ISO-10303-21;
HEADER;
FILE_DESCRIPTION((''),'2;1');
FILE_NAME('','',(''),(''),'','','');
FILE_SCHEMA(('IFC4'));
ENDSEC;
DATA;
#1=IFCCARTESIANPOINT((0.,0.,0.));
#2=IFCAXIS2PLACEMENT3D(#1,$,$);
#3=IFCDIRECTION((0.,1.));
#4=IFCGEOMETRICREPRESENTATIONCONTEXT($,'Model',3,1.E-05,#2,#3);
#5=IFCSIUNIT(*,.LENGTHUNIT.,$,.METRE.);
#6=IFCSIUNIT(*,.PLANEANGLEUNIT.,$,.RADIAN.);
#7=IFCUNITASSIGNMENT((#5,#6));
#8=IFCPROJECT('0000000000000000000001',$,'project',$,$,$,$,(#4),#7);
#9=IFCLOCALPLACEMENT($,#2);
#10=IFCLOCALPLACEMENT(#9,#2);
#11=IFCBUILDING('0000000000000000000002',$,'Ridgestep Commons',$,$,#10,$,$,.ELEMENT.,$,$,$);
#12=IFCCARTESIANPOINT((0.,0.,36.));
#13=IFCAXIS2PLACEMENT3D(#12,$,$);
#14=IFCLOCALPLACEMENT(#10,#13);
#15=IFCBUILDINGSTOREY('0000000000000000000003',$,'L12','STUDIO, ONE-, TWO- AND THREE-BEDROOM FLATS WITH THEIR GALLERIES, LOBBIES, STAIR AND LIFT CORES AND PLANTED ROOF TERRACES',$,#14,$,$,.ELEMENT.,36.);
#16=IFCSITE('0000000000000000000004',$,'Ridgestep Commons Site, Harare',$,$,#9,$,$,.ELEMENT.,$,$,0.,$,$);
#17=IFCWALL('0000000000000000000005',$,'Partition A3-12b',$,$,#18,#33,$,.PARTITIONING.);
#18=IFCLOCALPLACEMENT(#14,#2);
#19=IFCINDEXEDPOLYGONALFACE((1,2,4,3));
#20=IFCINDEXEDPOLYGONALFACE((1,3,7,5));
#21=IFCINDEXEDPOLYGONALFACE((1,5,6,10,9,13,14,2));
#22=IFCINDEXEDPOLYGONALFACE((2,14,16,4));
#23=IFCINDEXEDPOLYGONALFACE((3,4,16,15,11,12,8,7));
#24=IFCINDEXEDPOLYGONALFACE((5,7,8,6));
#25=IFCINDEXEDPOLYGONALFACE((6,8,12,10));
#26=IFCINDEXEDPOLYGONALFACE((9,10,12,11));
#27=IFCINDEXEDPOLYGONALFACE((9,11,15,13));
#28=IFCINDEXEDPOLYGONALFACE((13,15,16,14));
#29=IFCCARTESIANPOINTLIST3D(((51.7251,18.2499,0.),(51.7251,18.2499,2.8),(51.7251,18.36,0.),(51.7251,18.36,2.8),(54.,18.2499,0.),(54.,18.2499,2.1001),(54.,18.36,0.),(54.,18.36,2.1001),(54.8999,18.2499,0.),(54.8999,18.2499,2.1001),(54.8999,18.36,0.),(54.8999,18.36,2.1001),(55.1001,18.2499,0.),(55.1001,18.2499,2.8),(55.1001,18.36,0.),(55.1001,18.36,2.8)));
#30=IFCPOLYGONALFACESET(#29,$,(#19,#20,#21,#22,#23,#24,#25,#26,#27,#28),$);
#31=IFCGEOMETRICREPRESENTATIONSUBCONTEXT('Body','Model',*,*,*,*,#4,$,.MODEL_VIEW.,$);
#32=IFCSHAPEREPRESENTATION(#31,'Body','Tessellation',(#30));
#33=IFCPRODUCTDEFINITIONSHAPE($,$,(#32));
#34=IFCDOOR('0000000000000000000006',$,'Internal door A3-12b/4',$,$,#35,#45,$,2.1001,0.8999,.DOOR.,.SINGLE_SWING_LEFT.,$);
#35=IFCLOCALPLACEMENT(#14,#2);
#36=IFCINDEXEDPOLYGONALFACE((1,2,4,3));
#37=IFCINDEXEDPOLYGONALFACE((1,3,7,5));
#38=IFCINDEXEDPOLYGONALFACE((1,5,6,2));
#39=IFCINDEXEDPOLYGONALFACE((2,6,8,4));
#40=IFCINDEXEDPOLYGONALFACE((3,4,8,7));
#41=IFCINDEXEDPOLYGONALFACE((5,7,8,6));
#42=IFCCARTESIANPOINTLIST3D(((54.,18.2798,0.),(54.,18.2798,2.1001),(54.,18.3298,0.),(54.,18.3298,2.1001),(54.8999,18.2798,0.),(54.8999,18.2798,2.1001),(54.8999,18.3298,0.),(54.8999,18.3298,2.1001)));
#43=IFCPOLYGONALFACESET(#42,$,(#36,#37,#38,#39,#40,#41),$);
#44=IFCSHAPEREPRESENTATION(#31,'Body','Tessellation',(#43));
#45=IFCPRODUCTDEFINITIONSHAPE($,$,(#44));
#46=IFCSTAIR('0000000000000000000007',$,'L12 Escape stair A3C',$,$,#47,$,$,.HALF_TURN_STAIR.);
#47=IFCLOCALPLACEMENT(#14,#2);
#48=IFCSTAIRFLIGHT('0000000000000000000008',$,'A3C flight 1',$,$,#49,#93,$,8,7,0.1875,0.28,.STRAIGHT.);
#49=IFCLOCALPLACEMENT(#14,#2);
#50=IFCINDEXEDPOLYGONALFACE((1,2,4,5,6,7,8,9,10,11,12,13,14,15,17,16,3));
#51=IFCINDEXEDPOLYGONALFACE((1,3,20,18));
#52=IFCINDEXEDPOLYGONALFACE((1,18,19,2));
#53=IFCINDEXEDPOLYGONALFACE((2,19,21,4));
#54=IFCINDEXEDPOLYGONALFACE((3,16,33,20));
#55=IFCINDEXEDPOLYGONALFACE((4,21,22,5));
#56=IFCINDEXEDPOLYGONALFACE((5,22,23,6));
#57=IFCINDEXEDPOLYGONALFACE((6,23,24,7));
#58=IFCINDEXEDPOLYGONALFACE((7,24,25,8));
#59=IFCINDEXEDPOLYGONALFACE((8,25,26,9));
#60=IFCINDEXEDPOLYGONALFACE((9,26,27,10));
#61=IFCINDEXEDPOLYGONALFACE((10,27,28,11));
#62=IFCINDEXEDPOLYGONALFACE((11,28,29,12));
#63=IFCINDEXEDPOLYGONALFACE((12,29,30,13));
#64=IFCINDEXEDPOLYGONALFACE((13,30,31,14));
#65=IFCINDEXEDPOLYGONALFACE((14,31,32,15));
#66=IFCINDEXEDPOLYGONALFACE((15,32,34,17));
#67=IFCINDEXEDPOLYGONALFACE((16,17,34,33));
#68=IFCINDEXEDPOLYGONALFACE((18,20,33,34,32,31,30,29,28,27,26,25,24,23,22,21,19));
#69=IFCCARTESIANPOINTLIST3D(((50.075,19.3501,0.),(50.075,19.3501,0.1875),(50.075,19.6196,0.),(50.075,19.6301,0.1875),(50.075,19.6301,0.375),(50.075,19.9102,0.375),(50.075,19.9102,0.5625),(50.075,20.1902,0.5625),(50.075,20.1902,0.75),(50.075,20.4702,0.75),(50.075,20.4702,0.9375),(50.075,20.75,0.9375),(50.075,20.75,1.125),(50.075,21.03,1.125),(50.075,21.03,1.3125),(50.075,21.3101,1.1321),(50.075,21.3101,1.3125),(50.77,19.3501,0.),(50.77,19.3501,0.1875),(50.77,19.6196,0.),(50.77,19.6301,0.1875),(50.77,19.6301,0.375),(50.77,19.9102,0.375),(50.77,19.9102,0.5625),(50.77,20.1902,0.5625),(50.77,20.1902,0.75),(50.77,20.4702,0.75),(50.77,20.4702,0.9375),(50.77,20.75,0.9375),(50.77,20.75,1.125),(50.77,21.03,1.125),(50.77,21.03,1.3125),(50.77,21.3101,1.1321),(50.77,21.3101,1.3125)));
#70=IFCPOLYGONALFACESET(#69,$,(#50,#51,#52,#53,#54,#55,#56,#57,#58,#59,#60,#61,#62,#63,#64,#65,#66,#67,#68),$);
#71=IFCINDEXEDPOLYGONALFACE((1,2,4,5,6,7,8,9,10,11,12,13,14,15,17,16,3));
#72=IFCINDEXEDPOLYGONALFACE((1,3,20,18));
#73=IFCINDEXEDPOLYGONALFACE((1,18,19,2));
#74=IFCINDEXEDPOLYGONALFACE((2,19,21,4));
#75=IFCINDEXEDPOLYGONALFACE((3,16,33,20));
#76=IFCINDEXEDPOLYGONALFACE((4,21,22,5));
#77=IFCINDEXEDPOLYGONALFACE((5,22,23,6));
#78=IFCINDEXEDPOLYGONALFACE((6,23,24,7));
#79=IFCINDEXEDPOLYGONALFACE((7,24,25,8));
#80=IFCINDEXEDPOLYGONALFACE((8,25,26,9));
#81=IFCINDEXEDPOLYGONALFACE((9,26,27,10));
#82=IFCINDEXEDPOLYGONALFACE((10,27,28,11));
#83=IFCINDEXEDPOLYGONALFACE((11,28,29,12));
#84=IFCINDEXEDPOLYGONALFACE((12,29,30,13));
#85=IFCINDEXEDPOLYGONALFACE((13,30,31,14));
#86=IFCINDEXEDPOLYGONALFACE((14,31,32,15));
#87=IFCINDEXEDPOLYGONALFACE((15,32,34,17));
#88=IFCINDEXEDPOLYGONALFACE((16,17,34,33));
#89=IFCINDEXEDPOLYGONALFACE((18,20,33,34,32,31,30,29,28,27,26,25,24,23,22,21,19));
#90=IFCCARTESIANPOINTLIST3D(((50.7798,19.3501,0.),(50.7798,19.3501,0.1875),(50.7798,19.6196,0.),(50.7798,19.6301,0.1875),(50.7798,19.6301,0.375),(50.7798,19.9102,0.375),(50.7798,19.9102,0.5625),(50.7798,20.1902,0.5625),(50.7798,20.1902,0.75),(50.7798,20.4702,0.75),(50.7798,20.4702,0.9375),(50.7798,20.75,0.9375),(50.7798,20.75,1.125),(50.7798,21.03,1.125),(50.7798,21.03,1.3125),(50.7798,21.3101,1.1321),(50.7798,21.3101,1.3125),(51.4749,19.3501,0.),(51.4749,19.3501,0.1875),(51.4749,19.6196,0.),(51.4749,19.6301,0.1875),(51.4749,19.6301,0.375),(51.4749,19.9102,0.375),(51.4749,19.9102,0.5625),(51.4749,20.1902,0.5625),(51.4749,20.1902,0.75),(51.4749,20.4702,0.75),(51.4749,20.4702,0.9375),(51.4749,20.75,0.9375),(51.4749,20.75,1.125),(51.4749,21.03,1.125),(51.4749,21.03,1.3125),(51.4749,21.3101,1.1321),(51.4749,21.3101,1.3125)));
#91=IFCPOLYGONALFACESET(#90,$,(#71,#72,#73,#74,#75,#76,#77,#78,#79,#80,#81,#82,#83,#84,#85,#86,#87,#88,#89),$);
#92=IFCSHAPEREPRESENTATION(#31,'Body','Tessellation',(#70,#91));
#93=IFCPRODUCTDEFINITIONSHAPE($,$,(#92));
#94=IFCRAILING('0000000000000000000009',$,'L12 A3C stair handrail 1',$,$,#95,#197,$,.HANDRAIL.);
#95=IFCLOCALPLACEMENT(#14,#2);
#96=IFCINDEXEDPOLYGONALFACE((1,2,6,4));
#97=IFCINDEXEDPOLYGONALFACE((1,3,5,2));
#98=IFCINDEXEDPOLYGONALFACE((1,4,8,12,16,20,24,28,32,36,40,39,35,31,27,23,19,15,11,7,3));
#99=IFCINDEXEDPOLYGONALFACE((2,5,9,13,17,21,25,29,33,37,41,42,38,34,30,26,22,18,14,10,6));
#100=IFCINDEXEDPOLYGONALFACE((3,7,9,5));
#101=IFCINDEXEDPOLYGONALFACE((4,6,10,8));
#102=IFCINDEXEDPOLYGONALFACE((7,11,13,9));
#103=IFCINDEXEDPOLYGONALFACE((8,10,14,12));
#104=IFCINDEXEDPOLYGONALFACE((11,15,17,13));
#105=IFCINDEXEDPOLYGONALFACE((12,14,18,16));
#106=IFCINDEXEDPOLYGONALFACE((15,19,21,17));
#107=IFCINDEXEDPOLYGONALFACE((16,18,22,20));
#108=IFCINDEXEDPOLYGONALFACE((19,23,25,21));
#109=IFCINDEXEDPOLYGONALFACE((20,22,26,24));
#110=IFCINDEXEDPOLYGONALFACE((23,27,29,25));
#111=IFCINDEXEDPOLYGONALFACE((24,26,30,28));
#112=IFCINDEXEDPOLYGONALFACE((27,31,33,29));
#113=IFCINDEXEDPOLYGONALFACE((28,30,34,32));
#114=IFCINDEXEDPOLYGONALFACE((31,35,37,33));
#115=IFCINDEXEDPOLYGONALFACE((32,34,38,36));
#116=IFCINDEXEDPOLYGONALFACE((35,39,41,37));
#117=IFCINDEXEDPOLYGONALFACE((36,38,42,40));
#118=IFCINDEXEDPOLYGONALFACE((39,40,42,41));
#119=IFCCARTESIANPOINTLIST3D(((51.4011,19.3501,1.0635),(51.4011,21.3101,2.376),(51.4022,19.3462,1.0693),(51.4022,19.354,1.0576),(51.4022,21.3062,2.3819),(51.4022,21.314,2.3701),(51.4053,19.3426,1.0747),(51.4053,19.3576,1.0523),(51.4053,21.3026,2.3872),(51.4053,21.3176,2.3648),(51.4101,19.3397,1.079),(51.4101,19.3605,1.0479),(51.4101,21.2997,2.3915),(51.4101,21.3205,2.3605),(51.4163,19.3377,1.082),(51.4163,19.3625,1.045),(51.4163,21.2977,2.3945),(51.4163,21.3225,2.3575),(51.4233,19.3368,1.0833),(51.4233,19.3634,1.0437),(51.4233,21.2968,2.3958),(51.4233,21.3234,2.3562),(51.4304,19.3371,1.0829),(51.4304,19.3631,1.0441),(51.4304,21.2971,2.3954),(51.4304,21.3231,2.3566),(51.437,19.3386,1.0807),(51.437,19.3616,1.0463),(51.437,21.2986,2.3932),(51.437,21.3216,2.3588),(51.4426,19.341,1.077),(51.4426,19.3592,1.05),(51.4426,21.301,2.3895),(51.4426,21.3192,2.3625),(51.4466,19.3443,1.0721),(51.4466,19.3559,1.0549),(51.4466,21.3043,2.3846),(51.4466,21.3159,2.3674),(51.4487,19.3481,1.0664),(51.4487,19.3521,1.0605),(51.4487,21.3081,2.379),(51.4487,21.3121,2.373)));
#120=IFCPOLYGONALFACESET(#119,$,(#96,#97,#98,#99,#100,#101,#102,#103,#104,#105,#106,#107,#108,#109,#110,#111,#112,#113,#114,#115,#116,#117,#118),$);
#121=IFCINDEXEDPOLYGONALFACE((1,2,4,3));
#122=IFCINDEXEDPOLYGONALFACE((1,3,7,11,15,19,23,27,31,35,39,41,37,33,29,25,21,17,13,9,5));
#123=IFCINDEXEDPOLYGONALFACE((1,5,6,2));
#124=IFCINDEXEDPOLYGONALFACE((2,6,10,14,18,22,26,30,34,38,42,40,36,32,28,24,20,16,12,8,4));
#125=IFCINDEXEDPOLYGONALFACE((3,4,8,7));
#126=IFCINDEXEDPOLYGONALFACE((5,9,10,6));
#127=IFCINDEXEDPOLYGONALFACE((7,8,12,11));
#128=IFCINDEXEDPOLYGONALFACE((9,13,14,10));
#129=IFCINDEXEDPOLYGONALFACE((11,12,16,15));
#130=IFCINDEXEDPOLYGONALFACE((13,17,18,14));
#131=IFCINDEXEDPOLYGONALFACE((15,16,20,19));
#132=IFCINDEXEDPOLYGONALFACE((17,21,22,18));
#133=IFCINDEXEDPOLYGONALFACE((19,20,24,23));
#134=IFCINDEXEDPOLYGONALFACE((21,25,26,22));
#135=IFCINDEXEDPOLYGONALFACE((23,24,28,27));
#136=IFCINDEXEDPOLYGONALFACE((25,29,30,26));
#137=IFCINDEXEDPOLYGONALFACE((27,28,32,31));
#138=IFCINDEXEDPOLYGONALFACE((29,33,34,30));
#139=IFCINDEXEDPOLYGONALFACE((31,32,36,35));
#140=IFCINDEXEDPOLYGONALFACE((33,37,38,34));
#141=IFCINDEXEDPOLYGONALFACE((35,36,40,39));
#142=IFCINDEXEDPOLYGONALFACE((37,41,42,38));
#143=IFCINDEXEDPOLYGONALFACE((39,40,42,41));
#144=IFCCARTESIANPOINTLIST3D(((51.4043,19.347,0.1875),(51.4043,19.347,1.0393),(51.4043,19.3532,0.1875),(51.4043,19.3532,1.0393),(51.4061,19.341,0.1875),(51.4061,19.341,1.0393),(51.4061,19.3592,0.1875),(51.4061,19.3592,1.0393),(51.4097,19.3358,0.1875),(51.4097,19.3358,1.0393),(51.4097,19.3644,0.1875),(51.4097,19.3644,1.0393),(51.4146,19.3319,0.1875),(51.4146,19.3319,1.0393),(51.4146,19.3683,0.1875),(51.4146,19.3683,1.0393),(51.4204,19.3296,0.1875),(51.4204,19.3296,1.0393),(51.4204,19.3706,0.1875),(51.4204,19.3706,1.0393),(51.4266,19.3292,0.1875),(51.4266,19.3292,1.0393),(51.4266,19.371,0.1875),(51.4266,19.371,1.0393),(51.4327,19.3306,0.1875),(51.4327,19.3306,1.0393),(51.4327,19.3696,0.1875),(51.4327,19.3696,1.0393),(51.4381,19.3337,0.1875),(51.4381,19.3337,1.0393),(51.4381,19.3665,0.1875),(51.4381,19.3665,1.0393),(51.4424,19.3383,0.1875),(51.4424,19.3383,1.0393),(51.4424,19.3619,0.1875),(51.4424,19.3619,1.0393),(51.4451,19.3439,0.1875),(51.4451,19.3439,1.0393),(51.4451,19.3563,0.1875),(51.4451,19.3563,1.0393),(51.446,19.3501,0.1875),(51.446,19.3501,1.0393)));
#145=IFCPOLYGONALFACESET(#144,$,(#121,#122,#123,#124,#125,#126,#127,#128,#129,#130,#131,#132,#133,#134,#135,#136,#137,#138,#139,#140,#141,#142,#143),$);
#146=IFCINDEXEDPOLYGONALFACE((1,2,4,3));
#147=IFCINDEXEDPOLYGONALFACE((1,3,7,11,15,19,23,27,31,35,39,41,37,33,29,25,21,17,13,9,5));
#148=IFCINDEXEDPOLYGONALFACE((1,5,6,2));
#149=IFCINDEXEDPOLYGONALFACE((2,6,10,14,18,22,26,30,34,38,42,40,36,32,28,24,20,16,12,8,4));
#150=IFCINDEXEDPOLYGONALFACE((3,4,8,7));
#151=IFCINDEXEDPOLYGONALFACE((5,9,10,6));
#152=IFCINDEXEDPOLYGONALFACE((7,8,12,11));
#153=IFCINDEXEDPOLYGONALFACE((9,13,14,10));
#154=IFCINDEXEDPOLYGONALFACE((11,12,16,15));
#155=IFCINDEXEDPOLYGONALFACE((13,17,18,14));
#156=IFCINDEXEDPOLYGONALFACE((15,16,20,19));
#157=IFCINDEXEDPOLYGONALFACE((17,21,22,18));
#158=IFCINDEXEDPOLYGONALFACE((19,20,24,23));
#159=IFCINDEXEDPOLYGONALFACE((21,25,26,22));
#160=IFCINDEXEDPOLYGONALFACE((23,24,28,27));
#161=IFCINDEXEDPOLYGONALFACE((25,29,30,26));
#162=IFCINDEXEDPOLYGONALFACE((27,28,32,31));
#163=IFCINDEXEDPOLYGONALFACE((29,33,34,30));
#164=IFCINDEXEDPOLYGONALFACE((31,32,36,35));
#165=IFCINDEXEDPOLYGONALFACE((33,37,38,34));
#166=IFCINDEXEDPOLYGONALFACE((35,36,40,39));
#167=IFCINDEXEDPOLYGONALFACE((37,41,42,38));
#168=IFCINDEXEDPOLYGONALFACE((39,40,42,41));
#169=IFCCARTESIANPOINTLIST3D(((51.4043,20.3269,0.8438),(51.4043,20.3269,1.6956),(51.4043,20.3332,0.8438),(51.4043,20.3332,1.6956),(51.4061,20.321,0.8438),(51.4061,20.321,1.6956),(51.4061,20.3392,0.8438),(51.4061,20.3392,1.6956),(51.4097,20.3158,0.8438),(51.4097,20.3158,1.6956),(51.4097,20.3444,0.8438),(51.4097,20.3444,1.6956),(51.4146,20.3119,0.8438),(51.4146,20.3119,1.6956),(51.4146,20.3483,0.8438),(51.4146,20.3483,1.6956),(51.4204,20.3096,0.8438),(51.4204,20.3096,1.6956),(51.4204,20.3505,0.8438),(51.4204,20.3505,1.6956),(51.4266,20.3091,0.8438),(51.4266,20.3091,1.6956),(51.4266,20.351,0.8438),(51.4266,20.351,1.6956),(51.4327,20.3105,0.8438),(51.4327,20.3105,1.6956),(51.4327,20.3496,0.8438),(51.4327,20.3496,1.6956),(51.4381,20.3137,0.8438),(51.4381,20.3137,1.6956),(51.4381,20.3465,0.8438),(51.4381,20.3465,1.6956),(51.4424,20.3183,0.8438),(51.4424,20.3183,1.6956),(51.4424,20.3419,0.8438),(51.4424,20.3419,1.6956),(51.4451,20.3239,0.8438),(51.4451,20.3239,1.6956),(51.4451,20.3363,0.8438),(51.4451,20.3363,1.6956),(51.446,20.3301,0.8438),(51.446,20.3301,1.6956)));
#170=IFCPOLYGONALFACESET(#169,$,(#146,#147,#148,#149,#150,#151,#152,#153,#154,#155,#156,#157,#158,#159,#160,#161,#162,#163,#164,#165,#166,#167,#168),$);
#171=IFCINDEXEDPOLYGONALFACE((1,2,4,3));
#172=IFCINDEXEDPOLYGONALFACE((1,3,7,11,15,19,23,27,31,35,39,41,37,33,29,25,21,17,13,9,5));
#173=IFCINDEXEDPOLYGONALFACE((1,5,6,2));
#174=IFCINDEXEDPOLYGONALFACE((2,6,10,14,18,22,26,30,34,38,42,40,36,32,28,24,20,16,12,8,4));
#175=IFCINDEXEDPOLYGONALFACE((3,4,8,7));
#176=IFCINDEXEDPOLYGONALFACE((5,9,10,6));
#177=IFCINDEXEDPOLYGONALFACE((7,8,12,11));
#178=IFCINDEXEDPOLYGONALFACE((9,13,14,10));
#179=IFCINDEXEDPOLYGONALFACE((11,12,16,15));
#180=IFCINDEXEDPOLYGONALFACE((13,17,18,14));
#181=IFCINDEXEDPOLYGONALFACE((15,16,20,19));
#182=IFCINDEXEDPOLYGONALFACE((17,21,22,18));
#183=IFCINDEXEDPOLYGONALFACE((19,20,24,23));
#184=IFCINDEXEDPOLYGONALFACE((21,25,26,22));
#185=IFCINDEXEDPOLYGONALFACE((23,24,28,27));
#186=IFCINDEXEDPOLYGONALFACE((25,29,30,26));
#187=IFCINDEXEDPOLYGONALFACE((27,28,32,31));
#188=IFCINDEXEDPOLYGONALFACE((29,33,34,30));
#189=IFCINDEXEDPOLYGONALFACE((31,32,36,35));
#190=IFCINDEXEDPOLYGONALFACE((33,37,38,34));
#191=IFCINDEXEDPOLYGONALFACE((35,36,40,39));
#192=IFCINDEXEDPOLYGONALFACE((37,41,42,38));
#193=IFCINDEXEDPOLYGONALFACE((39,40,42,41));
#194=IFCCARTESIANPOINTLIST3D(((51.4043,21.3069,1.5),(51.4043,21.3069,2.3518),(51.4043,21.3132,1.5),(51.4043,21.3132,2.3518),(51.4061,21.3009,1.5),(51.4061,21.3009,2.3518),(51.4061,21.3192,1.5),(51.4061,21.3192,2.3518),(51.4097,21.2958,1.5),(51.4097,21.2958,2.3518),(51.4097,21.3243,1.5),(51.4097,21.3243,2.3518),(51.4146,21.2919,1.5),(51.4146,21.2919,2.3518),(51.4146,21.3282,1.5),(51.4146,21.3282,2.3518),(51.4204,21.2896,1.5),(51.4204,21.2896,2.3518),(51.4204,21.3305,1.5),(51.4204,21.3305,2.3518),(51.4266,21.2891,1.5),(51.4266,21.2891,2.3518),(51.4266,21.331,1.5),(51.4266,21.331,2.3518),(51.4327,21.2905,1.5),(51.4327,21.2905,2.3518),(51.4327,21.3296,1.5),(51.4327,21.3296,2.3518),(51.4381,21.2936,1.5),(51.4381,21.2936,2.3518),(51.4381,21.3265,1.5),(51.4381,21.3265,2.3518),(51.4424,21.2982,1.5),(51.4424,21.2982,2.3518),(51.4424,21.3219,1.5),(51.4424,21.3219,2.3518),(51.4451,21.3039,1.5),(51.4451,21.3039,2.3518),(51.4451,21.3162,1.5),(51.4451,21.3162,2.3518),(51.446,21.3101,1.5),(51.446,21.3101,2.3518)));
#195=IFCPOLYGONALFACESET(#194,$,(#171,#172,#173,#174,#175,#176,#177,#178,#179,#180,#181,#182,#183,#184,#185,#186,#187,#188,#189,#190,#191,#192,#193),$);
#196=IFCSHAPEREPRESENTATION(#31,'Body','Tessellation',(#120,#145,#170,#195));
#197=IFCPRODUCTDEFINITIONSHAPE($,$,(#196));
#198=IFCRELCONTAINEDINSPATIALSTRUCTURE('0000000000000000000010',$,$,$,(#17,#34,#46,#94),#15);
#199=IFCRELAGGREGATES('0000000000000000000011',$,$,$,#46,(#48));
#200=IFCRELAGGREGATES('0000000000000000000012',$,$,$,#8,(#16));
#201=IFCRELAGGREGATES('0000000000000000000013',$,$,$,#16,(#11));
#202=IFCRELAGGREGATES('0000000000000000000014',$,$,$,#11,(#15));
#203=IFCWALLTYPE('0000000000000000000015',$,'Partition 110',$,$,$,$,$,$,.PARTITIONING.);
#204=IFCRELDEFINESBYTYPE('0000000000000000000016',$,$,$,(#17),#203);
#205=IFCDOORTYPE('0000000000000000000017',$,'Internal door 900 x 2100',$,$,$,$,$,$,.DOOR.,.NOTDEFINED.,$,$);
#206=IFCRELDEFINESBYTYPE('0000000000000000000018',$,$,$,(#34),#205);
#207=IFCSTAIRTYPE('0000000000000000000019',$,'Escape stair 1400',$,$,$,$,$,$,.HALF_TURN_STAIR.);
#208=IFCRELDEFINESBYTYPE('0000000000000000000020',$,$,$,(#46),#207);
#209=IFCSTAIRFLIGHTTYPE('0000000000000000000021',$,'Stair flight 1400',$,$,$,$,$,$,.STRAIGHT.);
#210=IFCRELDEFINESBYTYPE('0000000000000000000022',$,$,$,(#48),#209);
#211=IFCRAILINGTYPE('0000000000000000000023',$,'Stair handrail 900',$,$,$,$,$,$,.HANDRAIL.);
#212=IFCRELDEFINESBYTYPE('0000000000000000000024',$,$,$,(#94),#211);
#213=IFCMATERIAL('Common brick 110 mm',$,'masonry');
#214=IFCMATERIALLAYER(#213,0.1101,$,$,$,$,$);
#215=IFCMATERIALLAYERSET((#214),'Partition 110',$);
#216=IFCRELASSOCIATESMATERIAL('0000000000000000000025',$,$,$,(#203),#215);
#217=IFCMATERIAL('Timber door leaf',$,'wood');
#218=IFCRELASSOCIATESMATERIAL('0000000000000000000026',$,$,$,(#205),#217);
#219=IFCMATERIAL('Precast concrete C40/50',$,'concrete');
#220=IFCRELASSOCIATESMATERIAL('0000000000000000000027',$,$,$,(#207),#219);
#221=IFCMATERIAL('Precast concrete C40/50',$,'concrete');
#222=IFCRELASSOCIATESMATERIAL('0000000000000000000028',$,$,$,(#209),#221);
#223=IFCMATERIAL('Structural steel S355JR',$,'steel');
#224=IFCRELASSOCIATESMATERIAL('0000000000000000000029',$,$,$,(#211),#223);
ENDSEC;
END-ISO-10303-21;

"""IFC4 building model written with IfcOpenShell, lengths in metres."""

from ifc_helpers import new_model, si_unit, direction, frame, frame_2d, origin, origin_2d, place, context, subcontext, project, spatial, polyline, rectangle, circle, outline, extrude, material, layer, layer_set, type_object, element, fill, aggregate, save


model = new_model("IFC4")

# Units and contexts
model_context = context("Model", 3, precision=1e-05, world=origin(), true_north=direction((0.0, 1.0)))
body_context = subcontext(model_context, "Body", "Model", "MODEL_VIEW")
ifc_project = project(units=[si_unit("LENGTHUNIT", "METRE"), si_unit("PLANEANGLEUNIT", "RADIAN")], contexts=[model_context])

# Site, building, storey
site_placement = place(None, origin())
site = spatial("IfcSite", under=ifc_project, at=site_placement, Name="Ridgestep Commons Site, Harare", CompositionType="ELEMENT", RefElevation=0.0)
building_placement = place(site_placement, origin())
building = spatial("IfcBuilding", under=site, at=building_placement, Name="Ridgestep Commons", CompositionType="ELEMENT")
storey_placement = place(building_placement, frame((0.0, 0.0, 36.0)))
storey = spatial("IfcBuildingStorey", under=building, at=storey_placement, Name="L12", Description="STUDIO, ONE-, TWO- AND THREE-BEDROOM FLATS WITH THEIR GALLERIES, LOBBIES, STAIR AND LIFT CORES AND PLANTED ROOF TERRACES", CompositionType="ELEMENT", Elevation=36.0)

# Shared definitions
ifc_material_1 = material(Name="Common brick 110 mm", Category="masonry")
ifc_layer_1 = layer(ifc_material_1, 0.1101)
ifc_layer_set_1 = layer_set([ifc_layer_1], Name="Partition 110")
wall_type_1 = type_object("IfcWallType", Name="Partition 110", PredefinedType="PARTITIONING", material=ifc_layer_set_1)

# Wall, opening, door
wall_1_placement = place(storey_placement, frame((51.7251, 18.3049, 0.0), z_axis=(0.0, 0.0, 1.0), x_axis=(1.0, 0.0, 0.0)))
wall_1 = element("IfcWall", 1, at=wall_1_placement, inside=storey, type_object=wall_type_1, Name="Partition A3-12b", PredefinedType="PARTITIONING", context=body_context, shape_type="SweptSolid", body=[
    extrude(rectangle(XDim=3.375, YDim=0.1101, at=frame_2d((1.6875, 0.0))), origin(), (0.0, 0.0, 1.0), 2.8),
])
opening_1_placement = place(wall_1_placement, frame((2.2749, 0.0, 0.0)))
opening_1 = element("IfcOpeningElement", 2, at=opening_1_placement, cuts=wall_1, PredefinedType="OPENING", context=body_context, shape_type="SweptSolid", body=[
    extrude(rectangle(XDim=0.8999, YDim=2.1001, at=frame_2d((0.45, 1.05))), frame((0.0, 0.0649, 0.0), z_axis=(0.0, -1.0, 0.0), x_axis=(1.0, 0.0, 0.0)), (0.0, 0.0, 1.0), 0.1301),
])
ifc_material_2 = material(Name="Timber door leaf", Category="wood")
door_type = type_object("IfcDoorType", Name="Internal door 900 x 2100", OperationType="NOTDEFINED", PredefinedType="DOOR", material=ifc_material_2)
door_placement = place(opening_1_placement, origin())
door = element("IfcDoor", 3, at=door_placement, inside=storey, type_object=door_type, Name="Internal door A3-12b/4", OperationType="SINGLE_SWING_LEFT", OverallHeight=2.1001, OverallWidth=0.8999, PredefinedType="DOOR", context=body_context, shape_type="SweptSolid", body=[
    extrude(rectangle(XDim=0.8999, YDim=2.1001, at=frame_2d((0.45, 1.05))), frame((0.0, 0.0249, 0.0), z_axis=(0.0, -1.0, 0.0), x_axis=(1.0, 0.0, 0.0)), (0.0, 0.0, 1.0), 0.05),
])
fill(opening_1, door)

# Stair, stair flight
ifc_material_3 = material(Name="Precast concrete C40/50", Category="concrete")
stair_type = type_object("IfcStairType", Name="Escape stair 1400", PredefinedType="HALF_TURN_STAIR", material=ifc_material_3)
stair_placement = place(storey_placement, origin())
stair = element("IfcStair", 4, at=stair_placement, inside=storey, type_object=stair_type, Name="L12 Escape stair A3C", PredefinedType="HALF_TURN_STAIR")
ifc_material_4 = material(Name="Precast concrete C40/50", Category="concrete")
stair_flight_type = type_object("IfcStairFlightType", Name="Stair flight 1400", PredefinedType="STRAIGHT", material=ifc_material_4)
stair_flight_placement = place(storey_placement, frame((50.7749, 19.3501, 0.0), z_axis=(0.0, 0.0, 1.0), x_axis=(0.0, 1.0, 0.0)))
stair_flight = element("IfcStairFlight", 5, at=stair_flight_placement, type_object=stair_flight_type, Name="A3C flight 1", NumberOfRisers=8, NumberOfTreads=7, PredefinedType="STRAIGHT", RiserHeight=0.1875, TreadLength=0.28, context=body_context, shape_type="SweptSolid", body=[
    extrude(outline(polyline([(0.0, 0.0), (0.0, 0.1875), (0.28, 0.1875), (0.28, 0.375), (0.5601, 0.375), (0.5601, 0.5625), (0.8401, 0.5625), (0.8401, 0.75), (1.1201, 0.75), (1.1201, 0.9375), (1.3999, 0.9375), (1.3999, 1.125), (1.6799, 1.125), (1.6799, 1.3125), (1.96, 1.3125), (1.96, 1.5), (1.96, 1.1321), (0.2695, 0.0), (0.0, 0.0)])), frame((0.0, 0.7, 0.0), z_axis=(0.0, -1.0, 0.0), x_axis=(1.0, 0.0, 0.0)), (0.0, 0.0, 1.0), 0.6951),
    extrude(outline(polyline([(0.0, 0.0), (0.0, 0.1875), (0.28, 0.1875), (0.28, 0.375), (0.5601, 0.375), (0.5601, 0.5625), (0.8401, 0.5625), (0.8401, 0.75), (1.1201, 0.75), (1.1201, 0.9375), (1.3999, 0.9375), (1.3999, 1.125), (1.6799, 1.125), (1.6799, 1.3125), (1.96, 1.3125), (1.96, 1.5), (1.96, 1.1321), (0.2695, 0.0), (0.0, 0.0)])), frame((0.0, -0.0049, 0.0), z_axis=(0.0, -1.0, 0.0), x_axis=(1.0, 0.0, 0.0)), (0.0, 0.0, 1.0), 0.6951),
])
aggregate(stair, [stair_flight])

# Railing
ifc_material_5 = material(Name="Structural steel S355JR", Category="steel")
railing_type = type_object("IfcRailingType", Name="Stair handrail 900", PredefinedType="HANDRAIL", material=ifc_material_5)
railing_placement = place(storey_placement, frame((51.425, 19.3501, 0.1875)))
element("IfcRailing", 6, at=railing_placement, inside=storey, type_object=railing_type, Name="L12 A3C stair handrail 1", PredefinedType="HANDRAIL", context=body_context, shape_type="SweptSolid", body=[
    extrude(circle(Radius=0.0239, at=origin_2d()), frame((0.0, 0.0, 0.876), z_axis=(0.0, 0.830902, 0.556419), x_axis=(-1.0, 0.0, 0.0)), (0.0, 0.0, 1.0), 2.3589),
    extrude(circle(Radius=0.021, at=origin_2d()), origin(), (0.0, 0.0, 1.0), 0.8518),
    extrude(circle(Radius=0.021, at=origin_2d()), frame((0.0, 0.98, 0.6562)), (0.0, 0.0, 1.0), 0.8518),
    extrude(circle(Radius=0.021, at=origin_2d()), frame((0.0, 1.96, 1.3125)), (0.0, 0.0, 1.0), 0.8518),
])

save(model, "model.ifc")
